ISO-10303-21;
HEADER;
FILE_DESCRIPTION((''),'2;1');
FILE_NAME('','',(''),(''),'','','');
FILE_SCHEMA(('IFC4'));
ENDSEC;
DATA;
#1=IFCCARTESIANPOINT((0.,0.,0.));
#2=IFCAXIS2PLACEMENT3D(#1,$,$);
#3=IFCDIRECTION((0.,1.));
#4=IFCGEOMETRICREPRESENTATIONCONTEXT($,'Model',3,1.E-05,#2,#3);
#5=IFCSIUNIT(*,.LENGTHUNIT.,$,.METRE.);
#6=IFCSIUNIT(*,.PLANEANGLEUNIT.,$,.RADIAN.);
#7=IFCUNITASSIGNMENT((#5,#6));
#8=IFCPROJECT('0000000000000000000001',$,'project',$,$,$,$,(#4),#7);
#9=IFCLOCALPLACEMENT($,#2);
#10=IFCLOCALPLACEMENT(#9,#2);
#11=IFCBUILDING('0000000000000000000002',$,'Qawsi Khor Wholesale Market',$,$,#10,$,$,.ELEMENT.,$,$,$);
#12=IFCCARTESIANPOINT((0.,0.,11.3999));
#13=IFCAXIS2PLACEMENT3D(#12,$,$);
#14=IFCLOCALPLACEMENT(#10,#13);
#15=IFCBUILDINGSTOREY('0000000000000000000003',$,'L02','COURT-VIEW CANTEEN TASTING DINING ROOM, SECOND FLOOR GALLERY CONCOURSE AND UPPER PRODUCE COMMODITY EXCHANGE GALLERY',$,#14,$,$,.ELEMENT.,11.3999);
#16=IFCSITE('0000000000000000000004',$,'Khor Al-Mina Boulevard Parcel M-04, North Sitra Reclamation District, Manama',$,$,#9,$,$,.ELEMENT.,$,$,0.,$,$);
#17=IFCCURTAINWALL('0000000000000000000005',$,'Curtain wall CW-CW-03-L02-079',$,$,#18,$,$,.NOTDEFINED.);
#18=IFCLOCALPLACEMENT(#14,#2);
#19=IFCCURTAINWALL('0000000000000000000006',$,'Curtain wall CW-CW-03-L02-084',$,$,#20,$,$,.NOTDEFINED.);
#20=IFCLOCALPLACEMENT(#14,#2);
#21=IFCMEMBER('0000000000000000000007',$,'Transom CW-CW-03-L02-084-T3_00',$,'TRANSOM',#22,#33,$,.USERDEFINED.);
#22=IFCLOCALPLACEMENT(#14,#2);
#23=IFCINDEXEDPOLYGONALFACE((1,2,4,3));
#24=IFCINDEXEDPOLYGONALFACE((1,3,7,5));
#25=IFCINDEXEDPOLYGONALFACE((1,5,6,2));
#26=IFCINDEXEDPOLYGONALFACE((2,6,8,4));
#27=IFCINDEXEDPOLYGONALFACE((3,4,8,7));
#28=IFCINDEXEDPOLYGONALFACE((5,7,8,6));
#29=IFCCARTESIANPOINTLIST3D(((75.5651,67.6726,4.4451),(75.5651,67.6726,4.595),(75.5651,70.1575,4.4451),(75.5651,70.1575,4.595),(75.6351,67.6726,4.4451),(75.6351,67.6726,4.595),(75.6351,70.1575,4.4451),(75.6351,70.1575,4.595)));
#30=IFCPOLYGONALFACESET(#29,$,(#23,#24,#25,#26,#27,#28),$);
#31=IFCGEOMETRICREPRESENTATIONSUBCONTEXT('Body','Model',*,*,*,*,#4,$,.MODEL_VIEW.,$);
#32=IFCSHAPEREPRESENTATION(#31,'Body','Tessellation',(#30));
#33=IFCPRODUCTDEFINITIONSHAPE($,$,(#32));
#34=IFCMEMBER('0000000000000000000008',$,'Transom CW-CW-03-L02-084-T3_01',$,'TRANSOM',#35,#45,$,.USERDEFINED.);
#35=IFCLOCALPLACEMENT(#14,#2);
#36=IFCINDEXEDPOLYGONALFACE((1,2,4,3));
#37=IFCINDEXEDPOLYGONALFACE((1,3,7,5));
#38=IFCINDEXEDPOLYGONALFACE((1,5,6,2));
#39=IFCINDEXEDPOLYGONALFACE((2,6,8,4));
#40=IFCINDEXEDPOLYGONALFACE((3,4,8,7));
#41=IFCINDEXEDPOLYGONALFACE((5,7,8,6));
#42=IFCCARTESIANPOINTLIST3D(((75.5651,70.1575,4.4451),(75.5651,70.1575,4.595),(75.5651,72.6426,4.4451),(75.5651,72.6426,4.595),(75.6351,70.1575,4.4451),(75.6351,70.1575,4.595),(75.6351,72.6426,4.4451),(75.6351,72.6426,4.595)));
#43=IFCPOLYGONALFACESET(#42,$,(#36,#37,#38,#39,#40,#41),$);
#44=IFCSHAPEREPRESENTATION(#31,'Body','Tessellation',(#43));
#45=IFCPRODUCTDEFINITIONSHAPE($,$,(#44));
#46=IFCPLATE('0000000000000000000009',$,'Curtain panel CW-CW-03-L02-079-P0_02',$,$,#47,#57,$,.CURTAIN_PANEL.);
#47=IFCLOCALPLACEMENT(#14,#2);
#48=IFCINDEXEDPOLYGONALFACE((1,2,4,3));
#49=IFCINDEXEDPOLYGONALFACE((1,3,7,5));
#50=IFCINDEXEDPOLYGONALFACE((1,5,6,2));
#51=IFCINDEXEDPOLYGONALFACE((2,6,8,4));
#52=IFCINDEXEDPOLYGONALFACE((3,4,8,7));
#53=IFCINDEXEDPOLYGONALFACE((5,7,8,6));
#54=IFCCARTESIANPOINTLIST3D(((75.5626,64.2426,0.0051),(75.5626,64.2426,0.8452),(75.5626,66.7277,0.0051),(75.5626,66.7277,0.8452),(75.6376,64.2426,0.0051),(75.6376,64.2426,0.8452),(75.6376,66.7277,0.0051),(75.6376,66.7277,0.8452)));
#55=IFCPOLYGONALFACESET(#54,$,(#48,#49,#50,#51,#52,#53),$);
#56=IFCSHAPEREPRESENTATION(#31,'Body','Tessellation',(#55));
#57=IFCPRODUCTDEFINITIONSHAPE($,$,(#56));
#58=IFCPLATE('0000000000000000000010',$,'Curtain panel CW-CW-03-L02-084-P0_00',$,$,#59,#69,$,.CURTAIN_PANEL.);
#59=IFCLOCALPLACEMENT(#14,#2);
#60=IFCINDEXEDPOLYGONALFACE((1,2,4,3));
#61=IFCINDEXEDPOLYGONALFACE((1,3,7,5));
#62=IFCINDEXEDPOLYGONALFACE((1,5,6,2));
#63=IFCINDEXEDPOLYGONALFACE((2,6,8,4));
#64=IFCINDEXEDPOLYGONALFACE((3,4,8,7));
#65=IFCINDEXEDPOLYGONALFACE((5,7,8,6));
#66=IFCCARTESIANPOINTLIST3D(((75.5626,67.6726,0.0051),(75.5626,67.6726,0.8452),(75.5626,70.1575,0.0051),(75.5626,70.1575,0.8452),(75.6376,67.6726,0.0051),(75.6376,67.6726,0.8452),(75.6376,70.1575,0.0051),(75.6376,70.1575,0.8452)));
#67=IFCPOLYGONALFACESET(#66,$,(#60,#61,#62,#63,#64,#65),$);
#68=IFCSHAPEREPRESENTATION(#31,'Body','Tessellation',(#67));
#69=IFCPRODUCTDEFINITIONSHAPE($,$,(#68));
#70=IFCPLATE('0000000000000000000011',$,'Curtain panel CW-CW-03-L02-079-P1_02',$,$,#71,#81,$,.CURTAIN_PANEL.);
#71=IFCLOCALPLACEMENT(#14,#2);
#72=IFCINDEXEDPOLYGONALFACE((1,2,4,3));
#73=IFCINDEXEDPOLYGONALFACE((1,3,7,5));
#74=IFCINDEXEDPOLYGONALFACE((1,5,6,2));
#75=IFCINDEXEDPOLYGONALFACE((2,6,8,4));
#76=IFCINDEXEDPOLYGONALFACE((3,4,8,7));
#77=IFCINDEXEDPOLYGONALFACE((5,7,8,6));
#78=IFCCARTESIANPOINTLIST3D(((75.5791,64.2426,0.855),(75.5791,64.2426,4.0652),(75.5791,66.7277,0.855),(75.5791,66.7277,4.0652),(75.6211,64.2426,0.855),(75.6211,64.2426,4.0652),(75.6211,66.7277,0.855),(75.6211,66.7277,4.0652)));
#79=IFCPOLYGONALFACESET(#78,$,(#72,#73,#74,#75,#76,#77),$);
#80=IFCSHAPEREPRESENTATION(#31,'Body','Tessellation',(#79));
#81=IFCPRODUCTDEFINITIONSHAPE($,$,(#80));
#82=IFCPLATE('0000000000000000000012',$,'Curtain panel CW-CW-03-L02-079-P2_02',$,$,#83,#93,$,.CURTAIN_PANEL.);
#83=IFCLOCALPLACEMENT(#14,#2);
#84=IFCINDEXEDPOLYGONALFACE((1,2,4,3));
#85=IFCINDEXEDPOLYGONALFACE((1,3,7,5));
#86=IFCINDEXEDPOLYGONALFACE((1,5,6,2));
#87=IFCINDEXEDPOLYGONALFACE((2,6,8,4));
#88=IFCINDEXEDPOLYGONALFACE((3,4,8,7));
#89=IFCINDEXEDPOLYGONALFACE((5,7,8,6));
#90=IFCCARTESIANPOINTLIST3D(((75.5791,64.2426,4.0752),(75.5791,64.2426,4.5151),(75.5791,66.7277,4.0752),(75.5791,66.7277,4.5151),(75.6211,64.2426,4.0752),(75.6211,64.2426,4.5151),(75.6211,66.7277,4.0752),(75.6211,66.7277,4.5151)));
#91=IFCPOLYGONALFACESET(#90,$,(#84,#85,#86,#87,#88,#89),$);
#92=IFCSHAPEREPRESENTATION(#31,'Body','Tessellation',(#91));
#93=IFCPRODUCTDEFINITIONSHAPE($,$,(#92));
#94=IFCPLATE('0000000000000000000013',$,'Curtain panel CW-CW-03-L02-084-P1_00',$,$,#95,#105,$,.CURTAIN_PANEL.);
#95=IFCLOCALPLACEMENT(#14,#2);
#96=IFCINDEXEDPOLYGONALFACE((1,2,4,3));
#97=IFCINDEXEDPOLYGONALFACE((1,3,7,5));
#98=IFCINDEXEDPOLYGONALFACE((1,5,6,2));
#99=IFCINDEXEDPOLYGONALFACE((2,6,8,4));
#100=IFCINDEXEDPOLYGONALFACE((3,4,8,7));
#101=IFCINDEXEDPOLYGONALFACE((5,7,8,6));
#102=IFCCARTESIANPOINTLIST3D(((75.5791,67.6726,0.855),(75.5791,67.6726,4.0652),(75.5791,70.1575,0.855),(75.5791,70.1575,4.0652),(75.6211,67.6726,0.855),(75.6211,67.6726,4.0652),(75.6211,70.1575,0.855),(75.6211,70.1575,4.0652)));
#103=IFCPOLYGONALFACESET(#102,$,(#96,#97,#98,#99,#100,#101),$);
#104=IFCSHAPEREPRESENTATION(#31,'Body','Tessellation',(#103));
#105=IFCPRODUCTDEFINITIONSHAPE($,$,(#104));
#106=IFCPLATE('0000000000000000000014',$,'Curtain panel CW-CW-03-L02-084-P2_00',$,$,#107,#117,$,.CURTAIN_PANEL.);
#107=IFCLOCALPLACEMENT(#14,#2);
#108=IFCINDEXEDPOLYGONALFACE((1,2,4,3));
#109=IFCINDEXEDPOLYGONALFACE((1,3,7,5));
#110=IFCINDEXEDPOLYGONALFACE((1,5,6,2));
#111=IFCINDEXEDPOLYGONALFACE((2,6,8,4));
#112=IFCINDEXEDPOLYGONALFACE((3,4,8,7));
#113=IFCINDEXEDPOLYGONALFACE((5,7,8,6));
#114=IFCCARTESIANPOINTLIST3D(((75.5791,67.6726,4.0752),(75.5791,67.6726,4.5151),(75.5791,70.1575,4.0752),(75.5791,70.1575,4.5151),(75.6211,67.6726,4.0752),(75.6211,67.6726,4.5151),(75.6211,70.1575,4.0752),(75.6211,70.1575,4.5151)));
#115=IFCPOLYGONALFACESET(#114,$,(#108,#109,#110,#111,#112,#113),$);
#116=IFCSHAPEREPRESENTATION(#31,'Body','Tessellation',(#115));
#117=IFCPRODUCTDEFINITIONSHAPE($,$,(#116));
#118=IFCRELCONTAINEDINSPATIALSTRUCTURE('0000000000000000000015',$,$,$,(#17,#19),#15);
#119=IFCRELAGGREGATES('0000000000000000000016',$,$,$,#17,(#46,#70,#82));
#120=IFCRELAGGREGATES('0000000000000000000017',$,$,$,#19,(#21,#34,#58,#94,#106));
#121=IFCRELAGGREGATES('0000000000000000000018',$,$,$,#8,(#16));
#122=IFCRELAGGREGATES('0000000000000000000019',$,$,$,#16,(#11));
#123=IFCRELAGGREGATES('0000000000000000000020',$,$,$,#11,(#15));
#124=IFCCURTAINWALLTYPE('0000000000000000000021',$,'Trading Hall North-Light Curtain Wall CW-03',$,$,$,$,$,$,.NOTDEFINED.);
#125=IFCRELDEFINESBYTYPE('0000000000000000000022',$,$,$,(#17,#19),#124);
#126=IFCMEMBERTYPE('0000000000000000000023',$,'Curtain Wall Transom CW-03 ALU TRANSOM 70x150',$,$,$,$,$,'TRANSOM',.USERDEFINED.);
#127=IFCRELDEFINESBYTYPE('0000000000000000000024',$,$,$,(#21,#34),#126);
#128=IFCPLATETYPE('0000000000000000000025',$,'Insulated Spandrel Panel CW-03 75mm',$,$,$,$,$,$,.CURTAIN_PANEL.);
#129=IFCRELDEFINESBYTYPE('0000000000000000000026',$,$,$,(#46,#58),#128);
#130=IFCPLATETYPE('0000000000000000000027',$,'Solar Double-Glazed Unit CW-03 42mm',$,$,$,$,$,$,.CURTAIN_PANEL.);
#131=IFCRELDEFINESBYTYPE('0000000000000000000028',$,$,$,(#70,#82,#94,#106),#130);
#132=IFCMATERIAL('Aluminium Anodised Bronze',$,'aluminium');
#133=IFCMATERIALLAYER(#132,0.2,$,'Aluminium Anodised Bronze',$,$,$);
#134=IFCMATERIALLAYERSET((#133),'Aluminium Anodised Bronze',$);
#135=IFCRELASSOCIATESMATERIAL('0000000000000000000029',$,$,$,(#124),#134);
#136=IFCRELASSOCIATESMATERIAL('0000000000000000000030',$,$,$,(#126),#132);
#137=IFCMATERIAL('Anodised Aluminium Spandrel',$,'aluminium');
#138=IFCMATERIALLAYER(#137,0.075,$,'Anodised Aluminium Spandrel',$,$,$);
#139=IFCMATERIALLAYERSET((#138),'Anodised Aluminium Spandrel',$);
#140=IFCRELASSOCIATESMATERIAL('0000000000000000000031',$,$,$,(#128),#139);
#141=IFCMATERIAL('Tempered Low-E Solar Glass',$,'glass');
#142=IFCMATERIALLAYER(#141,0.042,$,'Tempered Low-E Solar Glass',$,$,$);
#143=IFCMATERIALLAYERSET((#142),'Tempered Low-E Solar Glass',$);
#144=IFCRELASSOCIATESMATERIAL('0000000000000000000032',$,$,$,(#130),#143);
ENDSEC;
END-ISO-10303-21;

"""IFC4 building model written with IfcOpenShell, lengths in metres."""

from ifc_helpers import new_model, si_unit, direction, frame, frame_2d, origin, origin_2d, place, context, subcontext, project, spatial, rectangle, extrude, material, layer, layer_set, material_profile, profile_set, type_object, element, aggregate, save


model = new_model("IFC4")

# Units and contexts
model_context = context("Model", 3, precision=1e-05, world=origin(), true_north=direction((0.0, 1.0)))
body_context = subcontext(model_context, "Body", "Model", "MODEL_VIEW")
ifc_project = project(units=[si_unit("LENGTHUNIT", "METRE"), si_unit("PLANEANGLEUNIT", "RADIAN")], contexts=[model_context])

# Site, building, storey
site_placement = place(None, origin())
site = spatial("IfcSite", under=ifc_project, at=site_placement, Name="Khor Al-Mina Boulevard Parcel M-04, North Sitra Reclamation District, Manama", CompositionType="ELEMENT", RefElevation=0.0)
building_placement = place(site_placement, origin())
building = spatial("IfcBuilding", under=site, at=building_placement, Name="Qawsi Khor Wholesale Market", CompositionType="ELEMENT")
storey_placement = place(building_placement, frame((0.0, 0.0, 11.3999)))
storey = spatial("IfcBuildingStorey", under=building, at=storey_placement, Name="L02", Description="COURT-VIEW CANTEEN TASTING DINING ROOM, SECOND FLOOR GALLERY CONCOURSE AND UPPER PRODUCE COMMODITY EXCHANGE GALLERY", CompositionType="ELEMENT", Elevation=11.3999)

# Curtain wall
ifc_material_1 = material(Name="Aluminium Anodised Bronze", Category="aluminium")
ifc_layer_1 = layer(ifc_material_1, 0.2, Name="Aluminium Anodised Bronze")
ifc_layer_set_1 = layer_set([ifc_layer_1], Name="Aluminium Anodised Bronze")
curtain_wall_type = type_object("IfcCurtainWallType", Name="Trading Hall North-Light Curtain Wall CW-03", PredefinedType="NOTDEFINED", material=ifc_layer_set_1)
curtain_wall_1_placement = place(storey_placement, origin())
curtain_wall_1 = element("IfcCurtainWall", 1, at=curtain_wall_1_placement, inside=storey, type_object=curtain_wall_type, Name="Curtain wall CW-CW-03-L02-079", PredefinedType="NOTDEFINED")

# Curtain wall
curtain_wall_2_placement = place(storey_placement, origin())
curtain_wall_2 = element("IfcCurtainWall", 2, at=curtain_wall_2_placement, inside=storey, type_object=curtain_wall_type, Name="Curtain wall CW-CW-03-L02-084", PredefinedType="NOTDEFINED")

# Members
ifc_material_profile_1 = material_profile(ifc_material_1, rectangle(XDim=0.0701, YDim=0.1499, at=origin_2d()), Name="ALU TRANSOM 70x150")
ifc_profile_set_1 = profile_set([ifc_material_profile_1], Name="Aluminium Anodised Bronze")
member_type_1 = type_object("IfcMemberType", Name="Curtain Wall Transom CW-03 ALU TRANSOM 70x150", ElementType="TRANSOM", PredefinedType="USERDEFINED", material=ifc_profile_set_1)
member_1_placement = place(storey_placement, frame((75.6001, 67.6726, 4.52), z_axis=(0.0, 1.0, 0.0), x_axis=(-1.0, 0.0, 0.0)))
member_1 = element("IfcMember", 3, at=member_1_placement, type_object=member_type_1, Name="Transom CW-CW-03-L02-084-T3_00", ObjectType="TRANSOM", PredefinedType="USERDEFINED", context=body_context, shape_type="SweptSolid", body=[
    extrude(rectangle(XDim=0.0701, YDim=0.1499, at=origin_2d()), origin(), (0.0, 0.0, 1.0), 2.4849),
])
member_2_placement = place(storey_placement, frame((75.6001, 70.1575, 4.52), z_axis=(0.0, 1.0, 0.0), x_axis=(-1.0, 0.0, 0.0)))
member_2 = element("IfcMember", 4, at=member_2_placement, type_object=member_type_1, Name="Transom CW-CW-03-L02-084-T3_01", ObjectType="TRANSOM", PredefinedType="USERDEFINED", context=body_context, shape_type="SweptSolid", body=[
    extrude(rectangle(XDim=0.0701, YDim=0.1499, at=origin_2d()), origin(), (0.0, 0.0, 1.0), 2.4851),
])

# Plates
ifc_material_2 = material(Name="Anodised Aluminium Spandrel", Category="aluminium")
ifc_layer_2 = layer(ifc_material_2, 0.075, Name="Anodised Aluminium Spandrel")
ifc_layer_set_2 = layer_set([ifc_layer_2], Name="Anodised Aluminium Spandrel")
plate_type_1 = type_object("IfcPlateType", Name="Insulated Spandrel Panel CW-03 75mm", PredefinedType="CURTAIN_PANEL", material=ifc_layer_set_2)
plate_1_placement = place(storey_placement, frame((75.6001, 64.2424, 0.0051), z_axis=(0.0, 0.0, 1.0), x_axis=(0.0, 1.0, 0.0)))
plate_1 = element("IfcPlate", 5, at=plate_1_placement, type_object=plate_type_1, Name="Curtain panel CW-CW-03-L02-079-P0_02", PredefinedType="CURTAIN_PANEL", context=body_context, shape_type="SweptSolid", body=[
    extrude(rectangle(XDim=2.4851, YDim=0.075, at=frame_2d((1.2427, 0.0))), origin(), (0.0, 0.0, 1.0), 0.8401),
])
plate_2_placement = place(storey_placement, frame((75.6001, 67.6726, 0.0051), z_axis=(0.0, 0.0, 1.0), x_axis=(0.0, 1.0, 0.0)))
plate_2 = element("IfcPlate", 6, at=plate_2_placement, type_object=plate_type_1, Name="Curtain panel CW-CW-03-L02-084-P0_00", PredefinedType="CURTAIN_PANEL", context=body_context, shape_type="SweptSolid", body=[
    extrude(rectangle(XDim=2.4849, YDim=0.075, at=frame_2d((1.2424, 0.0))), origin(), (0.0, 0.0, 1.0), 0.8401),
])
ifc_material_3 = material(Name="Tempered Low-E Solar Glass", Category="glass")
ifc_layer_3 = layer(ifc_material_3, 0.042, Name="Tempered Low-E Solar Glass")
ifc_layer_set_3 = layer_set([ifc_layer_3], Name="Tempered Low-E Solar Glass")
plate_type_2 = type_object("IfcPlateType", Name="Solar Double-Glazed Unit CW-03 42mm", PredefinedType="CURTAIN_PANEL", material=ifc_layer_set_3)
plate_3_placement = place(storey_placement, frame((75.6001, 64.2424, 0.855), z_axis=(0.0, 0.0, 1.0), x_axis=(0.0, 1.0, 0.0)))
plate_3 = element("IfcPlate", 7, at=plate_3_placement, type_object=plate_type_2, Name="Curtain panel CW-CW-03-L02-079-P1_02", PredefinedType="CURTAIN_PANEL", context=body_context, shape_type="SweptSolid", body=[
    extrude(rectangle(XDim=2.4851, YDim=0.042, at=frame_2d((1.2427, 0.0))), origin(), (0.0, 0.0, 1.0), 3.2102),
])
plate_4_placement = place(storey_placement, frame((75.6001, 64.2424, 4.0752), z_axis=(0.0, 0.0, 1.0), x_axis=(0.0, 1.0, 0.0)))
plate_4 = element("IfcPlate", 8, at=plate_4_placement, type_object=plate_type_2, Name="Curtain panel CW-CW-03-L02-079-P2_02", PredefinedType="CURTAIN_PANEL", context=body_context, shape_type="SweptSolid", body=[
    extrude(rectangle(XDim=2.4851, YDim=0.042, at=frame_2d((1.2427, 0.0))), origin(), (0.0, 0.0, 1.0), 0.4399),
])
aggregate(curtain_wall_1, [plate_1, plate_3, plate_4])
plate_5_placement = place(storey_placement, frame((75.6001, 67.6726, 0.855), z_axis=(0.0, 0.0, 1.0), x_axis=(0.0, 1.0, 0.0)))
plate_5 = element("IfcPlate", 9, at=plate_5_placement, type_object=plate_type_2, Name="Curtain panel CW-CW-03-L02-084-P1_00", PredefinedType="CURTAIN_PANEL", context=body_context, shape_type="SweptSolid", body=[
    extrude(rectangle(XDim=2.4849, YDim=0.042, at=frame_2d((1.2424, 0.0))), origin(), (0.0, 0.0, 1.0), 3.2102),
])
plate_6_placement = place(storey_placement, frame((75.6001, 67.6726, 4.0752), z_axis=(0.0, 0.0, 1.0), x_axis=(0.0, 1.0, 0.0)))
plate_6 = element("IfcPlate", 10, at=plate_6_placement, type_object=plate_type_2, Name="Curtain panel CW-CW-03-L02-084-P2_00", PredefinedType="CURTAIN_PANEL", context=body_context, shape_type="SweptSolid", body=[
    extrude(rectangle(XDim=2.4849, YDim=0.042, at=frame_2d((1.2424, 0.0))), origin(), (0.0, 0.0, 1.0), 0.4399),
])
aggregate(curtain_wall_2, [member_1, member_2, plate_2, plate_5, plate_6])

save(model, "model.ifc")
